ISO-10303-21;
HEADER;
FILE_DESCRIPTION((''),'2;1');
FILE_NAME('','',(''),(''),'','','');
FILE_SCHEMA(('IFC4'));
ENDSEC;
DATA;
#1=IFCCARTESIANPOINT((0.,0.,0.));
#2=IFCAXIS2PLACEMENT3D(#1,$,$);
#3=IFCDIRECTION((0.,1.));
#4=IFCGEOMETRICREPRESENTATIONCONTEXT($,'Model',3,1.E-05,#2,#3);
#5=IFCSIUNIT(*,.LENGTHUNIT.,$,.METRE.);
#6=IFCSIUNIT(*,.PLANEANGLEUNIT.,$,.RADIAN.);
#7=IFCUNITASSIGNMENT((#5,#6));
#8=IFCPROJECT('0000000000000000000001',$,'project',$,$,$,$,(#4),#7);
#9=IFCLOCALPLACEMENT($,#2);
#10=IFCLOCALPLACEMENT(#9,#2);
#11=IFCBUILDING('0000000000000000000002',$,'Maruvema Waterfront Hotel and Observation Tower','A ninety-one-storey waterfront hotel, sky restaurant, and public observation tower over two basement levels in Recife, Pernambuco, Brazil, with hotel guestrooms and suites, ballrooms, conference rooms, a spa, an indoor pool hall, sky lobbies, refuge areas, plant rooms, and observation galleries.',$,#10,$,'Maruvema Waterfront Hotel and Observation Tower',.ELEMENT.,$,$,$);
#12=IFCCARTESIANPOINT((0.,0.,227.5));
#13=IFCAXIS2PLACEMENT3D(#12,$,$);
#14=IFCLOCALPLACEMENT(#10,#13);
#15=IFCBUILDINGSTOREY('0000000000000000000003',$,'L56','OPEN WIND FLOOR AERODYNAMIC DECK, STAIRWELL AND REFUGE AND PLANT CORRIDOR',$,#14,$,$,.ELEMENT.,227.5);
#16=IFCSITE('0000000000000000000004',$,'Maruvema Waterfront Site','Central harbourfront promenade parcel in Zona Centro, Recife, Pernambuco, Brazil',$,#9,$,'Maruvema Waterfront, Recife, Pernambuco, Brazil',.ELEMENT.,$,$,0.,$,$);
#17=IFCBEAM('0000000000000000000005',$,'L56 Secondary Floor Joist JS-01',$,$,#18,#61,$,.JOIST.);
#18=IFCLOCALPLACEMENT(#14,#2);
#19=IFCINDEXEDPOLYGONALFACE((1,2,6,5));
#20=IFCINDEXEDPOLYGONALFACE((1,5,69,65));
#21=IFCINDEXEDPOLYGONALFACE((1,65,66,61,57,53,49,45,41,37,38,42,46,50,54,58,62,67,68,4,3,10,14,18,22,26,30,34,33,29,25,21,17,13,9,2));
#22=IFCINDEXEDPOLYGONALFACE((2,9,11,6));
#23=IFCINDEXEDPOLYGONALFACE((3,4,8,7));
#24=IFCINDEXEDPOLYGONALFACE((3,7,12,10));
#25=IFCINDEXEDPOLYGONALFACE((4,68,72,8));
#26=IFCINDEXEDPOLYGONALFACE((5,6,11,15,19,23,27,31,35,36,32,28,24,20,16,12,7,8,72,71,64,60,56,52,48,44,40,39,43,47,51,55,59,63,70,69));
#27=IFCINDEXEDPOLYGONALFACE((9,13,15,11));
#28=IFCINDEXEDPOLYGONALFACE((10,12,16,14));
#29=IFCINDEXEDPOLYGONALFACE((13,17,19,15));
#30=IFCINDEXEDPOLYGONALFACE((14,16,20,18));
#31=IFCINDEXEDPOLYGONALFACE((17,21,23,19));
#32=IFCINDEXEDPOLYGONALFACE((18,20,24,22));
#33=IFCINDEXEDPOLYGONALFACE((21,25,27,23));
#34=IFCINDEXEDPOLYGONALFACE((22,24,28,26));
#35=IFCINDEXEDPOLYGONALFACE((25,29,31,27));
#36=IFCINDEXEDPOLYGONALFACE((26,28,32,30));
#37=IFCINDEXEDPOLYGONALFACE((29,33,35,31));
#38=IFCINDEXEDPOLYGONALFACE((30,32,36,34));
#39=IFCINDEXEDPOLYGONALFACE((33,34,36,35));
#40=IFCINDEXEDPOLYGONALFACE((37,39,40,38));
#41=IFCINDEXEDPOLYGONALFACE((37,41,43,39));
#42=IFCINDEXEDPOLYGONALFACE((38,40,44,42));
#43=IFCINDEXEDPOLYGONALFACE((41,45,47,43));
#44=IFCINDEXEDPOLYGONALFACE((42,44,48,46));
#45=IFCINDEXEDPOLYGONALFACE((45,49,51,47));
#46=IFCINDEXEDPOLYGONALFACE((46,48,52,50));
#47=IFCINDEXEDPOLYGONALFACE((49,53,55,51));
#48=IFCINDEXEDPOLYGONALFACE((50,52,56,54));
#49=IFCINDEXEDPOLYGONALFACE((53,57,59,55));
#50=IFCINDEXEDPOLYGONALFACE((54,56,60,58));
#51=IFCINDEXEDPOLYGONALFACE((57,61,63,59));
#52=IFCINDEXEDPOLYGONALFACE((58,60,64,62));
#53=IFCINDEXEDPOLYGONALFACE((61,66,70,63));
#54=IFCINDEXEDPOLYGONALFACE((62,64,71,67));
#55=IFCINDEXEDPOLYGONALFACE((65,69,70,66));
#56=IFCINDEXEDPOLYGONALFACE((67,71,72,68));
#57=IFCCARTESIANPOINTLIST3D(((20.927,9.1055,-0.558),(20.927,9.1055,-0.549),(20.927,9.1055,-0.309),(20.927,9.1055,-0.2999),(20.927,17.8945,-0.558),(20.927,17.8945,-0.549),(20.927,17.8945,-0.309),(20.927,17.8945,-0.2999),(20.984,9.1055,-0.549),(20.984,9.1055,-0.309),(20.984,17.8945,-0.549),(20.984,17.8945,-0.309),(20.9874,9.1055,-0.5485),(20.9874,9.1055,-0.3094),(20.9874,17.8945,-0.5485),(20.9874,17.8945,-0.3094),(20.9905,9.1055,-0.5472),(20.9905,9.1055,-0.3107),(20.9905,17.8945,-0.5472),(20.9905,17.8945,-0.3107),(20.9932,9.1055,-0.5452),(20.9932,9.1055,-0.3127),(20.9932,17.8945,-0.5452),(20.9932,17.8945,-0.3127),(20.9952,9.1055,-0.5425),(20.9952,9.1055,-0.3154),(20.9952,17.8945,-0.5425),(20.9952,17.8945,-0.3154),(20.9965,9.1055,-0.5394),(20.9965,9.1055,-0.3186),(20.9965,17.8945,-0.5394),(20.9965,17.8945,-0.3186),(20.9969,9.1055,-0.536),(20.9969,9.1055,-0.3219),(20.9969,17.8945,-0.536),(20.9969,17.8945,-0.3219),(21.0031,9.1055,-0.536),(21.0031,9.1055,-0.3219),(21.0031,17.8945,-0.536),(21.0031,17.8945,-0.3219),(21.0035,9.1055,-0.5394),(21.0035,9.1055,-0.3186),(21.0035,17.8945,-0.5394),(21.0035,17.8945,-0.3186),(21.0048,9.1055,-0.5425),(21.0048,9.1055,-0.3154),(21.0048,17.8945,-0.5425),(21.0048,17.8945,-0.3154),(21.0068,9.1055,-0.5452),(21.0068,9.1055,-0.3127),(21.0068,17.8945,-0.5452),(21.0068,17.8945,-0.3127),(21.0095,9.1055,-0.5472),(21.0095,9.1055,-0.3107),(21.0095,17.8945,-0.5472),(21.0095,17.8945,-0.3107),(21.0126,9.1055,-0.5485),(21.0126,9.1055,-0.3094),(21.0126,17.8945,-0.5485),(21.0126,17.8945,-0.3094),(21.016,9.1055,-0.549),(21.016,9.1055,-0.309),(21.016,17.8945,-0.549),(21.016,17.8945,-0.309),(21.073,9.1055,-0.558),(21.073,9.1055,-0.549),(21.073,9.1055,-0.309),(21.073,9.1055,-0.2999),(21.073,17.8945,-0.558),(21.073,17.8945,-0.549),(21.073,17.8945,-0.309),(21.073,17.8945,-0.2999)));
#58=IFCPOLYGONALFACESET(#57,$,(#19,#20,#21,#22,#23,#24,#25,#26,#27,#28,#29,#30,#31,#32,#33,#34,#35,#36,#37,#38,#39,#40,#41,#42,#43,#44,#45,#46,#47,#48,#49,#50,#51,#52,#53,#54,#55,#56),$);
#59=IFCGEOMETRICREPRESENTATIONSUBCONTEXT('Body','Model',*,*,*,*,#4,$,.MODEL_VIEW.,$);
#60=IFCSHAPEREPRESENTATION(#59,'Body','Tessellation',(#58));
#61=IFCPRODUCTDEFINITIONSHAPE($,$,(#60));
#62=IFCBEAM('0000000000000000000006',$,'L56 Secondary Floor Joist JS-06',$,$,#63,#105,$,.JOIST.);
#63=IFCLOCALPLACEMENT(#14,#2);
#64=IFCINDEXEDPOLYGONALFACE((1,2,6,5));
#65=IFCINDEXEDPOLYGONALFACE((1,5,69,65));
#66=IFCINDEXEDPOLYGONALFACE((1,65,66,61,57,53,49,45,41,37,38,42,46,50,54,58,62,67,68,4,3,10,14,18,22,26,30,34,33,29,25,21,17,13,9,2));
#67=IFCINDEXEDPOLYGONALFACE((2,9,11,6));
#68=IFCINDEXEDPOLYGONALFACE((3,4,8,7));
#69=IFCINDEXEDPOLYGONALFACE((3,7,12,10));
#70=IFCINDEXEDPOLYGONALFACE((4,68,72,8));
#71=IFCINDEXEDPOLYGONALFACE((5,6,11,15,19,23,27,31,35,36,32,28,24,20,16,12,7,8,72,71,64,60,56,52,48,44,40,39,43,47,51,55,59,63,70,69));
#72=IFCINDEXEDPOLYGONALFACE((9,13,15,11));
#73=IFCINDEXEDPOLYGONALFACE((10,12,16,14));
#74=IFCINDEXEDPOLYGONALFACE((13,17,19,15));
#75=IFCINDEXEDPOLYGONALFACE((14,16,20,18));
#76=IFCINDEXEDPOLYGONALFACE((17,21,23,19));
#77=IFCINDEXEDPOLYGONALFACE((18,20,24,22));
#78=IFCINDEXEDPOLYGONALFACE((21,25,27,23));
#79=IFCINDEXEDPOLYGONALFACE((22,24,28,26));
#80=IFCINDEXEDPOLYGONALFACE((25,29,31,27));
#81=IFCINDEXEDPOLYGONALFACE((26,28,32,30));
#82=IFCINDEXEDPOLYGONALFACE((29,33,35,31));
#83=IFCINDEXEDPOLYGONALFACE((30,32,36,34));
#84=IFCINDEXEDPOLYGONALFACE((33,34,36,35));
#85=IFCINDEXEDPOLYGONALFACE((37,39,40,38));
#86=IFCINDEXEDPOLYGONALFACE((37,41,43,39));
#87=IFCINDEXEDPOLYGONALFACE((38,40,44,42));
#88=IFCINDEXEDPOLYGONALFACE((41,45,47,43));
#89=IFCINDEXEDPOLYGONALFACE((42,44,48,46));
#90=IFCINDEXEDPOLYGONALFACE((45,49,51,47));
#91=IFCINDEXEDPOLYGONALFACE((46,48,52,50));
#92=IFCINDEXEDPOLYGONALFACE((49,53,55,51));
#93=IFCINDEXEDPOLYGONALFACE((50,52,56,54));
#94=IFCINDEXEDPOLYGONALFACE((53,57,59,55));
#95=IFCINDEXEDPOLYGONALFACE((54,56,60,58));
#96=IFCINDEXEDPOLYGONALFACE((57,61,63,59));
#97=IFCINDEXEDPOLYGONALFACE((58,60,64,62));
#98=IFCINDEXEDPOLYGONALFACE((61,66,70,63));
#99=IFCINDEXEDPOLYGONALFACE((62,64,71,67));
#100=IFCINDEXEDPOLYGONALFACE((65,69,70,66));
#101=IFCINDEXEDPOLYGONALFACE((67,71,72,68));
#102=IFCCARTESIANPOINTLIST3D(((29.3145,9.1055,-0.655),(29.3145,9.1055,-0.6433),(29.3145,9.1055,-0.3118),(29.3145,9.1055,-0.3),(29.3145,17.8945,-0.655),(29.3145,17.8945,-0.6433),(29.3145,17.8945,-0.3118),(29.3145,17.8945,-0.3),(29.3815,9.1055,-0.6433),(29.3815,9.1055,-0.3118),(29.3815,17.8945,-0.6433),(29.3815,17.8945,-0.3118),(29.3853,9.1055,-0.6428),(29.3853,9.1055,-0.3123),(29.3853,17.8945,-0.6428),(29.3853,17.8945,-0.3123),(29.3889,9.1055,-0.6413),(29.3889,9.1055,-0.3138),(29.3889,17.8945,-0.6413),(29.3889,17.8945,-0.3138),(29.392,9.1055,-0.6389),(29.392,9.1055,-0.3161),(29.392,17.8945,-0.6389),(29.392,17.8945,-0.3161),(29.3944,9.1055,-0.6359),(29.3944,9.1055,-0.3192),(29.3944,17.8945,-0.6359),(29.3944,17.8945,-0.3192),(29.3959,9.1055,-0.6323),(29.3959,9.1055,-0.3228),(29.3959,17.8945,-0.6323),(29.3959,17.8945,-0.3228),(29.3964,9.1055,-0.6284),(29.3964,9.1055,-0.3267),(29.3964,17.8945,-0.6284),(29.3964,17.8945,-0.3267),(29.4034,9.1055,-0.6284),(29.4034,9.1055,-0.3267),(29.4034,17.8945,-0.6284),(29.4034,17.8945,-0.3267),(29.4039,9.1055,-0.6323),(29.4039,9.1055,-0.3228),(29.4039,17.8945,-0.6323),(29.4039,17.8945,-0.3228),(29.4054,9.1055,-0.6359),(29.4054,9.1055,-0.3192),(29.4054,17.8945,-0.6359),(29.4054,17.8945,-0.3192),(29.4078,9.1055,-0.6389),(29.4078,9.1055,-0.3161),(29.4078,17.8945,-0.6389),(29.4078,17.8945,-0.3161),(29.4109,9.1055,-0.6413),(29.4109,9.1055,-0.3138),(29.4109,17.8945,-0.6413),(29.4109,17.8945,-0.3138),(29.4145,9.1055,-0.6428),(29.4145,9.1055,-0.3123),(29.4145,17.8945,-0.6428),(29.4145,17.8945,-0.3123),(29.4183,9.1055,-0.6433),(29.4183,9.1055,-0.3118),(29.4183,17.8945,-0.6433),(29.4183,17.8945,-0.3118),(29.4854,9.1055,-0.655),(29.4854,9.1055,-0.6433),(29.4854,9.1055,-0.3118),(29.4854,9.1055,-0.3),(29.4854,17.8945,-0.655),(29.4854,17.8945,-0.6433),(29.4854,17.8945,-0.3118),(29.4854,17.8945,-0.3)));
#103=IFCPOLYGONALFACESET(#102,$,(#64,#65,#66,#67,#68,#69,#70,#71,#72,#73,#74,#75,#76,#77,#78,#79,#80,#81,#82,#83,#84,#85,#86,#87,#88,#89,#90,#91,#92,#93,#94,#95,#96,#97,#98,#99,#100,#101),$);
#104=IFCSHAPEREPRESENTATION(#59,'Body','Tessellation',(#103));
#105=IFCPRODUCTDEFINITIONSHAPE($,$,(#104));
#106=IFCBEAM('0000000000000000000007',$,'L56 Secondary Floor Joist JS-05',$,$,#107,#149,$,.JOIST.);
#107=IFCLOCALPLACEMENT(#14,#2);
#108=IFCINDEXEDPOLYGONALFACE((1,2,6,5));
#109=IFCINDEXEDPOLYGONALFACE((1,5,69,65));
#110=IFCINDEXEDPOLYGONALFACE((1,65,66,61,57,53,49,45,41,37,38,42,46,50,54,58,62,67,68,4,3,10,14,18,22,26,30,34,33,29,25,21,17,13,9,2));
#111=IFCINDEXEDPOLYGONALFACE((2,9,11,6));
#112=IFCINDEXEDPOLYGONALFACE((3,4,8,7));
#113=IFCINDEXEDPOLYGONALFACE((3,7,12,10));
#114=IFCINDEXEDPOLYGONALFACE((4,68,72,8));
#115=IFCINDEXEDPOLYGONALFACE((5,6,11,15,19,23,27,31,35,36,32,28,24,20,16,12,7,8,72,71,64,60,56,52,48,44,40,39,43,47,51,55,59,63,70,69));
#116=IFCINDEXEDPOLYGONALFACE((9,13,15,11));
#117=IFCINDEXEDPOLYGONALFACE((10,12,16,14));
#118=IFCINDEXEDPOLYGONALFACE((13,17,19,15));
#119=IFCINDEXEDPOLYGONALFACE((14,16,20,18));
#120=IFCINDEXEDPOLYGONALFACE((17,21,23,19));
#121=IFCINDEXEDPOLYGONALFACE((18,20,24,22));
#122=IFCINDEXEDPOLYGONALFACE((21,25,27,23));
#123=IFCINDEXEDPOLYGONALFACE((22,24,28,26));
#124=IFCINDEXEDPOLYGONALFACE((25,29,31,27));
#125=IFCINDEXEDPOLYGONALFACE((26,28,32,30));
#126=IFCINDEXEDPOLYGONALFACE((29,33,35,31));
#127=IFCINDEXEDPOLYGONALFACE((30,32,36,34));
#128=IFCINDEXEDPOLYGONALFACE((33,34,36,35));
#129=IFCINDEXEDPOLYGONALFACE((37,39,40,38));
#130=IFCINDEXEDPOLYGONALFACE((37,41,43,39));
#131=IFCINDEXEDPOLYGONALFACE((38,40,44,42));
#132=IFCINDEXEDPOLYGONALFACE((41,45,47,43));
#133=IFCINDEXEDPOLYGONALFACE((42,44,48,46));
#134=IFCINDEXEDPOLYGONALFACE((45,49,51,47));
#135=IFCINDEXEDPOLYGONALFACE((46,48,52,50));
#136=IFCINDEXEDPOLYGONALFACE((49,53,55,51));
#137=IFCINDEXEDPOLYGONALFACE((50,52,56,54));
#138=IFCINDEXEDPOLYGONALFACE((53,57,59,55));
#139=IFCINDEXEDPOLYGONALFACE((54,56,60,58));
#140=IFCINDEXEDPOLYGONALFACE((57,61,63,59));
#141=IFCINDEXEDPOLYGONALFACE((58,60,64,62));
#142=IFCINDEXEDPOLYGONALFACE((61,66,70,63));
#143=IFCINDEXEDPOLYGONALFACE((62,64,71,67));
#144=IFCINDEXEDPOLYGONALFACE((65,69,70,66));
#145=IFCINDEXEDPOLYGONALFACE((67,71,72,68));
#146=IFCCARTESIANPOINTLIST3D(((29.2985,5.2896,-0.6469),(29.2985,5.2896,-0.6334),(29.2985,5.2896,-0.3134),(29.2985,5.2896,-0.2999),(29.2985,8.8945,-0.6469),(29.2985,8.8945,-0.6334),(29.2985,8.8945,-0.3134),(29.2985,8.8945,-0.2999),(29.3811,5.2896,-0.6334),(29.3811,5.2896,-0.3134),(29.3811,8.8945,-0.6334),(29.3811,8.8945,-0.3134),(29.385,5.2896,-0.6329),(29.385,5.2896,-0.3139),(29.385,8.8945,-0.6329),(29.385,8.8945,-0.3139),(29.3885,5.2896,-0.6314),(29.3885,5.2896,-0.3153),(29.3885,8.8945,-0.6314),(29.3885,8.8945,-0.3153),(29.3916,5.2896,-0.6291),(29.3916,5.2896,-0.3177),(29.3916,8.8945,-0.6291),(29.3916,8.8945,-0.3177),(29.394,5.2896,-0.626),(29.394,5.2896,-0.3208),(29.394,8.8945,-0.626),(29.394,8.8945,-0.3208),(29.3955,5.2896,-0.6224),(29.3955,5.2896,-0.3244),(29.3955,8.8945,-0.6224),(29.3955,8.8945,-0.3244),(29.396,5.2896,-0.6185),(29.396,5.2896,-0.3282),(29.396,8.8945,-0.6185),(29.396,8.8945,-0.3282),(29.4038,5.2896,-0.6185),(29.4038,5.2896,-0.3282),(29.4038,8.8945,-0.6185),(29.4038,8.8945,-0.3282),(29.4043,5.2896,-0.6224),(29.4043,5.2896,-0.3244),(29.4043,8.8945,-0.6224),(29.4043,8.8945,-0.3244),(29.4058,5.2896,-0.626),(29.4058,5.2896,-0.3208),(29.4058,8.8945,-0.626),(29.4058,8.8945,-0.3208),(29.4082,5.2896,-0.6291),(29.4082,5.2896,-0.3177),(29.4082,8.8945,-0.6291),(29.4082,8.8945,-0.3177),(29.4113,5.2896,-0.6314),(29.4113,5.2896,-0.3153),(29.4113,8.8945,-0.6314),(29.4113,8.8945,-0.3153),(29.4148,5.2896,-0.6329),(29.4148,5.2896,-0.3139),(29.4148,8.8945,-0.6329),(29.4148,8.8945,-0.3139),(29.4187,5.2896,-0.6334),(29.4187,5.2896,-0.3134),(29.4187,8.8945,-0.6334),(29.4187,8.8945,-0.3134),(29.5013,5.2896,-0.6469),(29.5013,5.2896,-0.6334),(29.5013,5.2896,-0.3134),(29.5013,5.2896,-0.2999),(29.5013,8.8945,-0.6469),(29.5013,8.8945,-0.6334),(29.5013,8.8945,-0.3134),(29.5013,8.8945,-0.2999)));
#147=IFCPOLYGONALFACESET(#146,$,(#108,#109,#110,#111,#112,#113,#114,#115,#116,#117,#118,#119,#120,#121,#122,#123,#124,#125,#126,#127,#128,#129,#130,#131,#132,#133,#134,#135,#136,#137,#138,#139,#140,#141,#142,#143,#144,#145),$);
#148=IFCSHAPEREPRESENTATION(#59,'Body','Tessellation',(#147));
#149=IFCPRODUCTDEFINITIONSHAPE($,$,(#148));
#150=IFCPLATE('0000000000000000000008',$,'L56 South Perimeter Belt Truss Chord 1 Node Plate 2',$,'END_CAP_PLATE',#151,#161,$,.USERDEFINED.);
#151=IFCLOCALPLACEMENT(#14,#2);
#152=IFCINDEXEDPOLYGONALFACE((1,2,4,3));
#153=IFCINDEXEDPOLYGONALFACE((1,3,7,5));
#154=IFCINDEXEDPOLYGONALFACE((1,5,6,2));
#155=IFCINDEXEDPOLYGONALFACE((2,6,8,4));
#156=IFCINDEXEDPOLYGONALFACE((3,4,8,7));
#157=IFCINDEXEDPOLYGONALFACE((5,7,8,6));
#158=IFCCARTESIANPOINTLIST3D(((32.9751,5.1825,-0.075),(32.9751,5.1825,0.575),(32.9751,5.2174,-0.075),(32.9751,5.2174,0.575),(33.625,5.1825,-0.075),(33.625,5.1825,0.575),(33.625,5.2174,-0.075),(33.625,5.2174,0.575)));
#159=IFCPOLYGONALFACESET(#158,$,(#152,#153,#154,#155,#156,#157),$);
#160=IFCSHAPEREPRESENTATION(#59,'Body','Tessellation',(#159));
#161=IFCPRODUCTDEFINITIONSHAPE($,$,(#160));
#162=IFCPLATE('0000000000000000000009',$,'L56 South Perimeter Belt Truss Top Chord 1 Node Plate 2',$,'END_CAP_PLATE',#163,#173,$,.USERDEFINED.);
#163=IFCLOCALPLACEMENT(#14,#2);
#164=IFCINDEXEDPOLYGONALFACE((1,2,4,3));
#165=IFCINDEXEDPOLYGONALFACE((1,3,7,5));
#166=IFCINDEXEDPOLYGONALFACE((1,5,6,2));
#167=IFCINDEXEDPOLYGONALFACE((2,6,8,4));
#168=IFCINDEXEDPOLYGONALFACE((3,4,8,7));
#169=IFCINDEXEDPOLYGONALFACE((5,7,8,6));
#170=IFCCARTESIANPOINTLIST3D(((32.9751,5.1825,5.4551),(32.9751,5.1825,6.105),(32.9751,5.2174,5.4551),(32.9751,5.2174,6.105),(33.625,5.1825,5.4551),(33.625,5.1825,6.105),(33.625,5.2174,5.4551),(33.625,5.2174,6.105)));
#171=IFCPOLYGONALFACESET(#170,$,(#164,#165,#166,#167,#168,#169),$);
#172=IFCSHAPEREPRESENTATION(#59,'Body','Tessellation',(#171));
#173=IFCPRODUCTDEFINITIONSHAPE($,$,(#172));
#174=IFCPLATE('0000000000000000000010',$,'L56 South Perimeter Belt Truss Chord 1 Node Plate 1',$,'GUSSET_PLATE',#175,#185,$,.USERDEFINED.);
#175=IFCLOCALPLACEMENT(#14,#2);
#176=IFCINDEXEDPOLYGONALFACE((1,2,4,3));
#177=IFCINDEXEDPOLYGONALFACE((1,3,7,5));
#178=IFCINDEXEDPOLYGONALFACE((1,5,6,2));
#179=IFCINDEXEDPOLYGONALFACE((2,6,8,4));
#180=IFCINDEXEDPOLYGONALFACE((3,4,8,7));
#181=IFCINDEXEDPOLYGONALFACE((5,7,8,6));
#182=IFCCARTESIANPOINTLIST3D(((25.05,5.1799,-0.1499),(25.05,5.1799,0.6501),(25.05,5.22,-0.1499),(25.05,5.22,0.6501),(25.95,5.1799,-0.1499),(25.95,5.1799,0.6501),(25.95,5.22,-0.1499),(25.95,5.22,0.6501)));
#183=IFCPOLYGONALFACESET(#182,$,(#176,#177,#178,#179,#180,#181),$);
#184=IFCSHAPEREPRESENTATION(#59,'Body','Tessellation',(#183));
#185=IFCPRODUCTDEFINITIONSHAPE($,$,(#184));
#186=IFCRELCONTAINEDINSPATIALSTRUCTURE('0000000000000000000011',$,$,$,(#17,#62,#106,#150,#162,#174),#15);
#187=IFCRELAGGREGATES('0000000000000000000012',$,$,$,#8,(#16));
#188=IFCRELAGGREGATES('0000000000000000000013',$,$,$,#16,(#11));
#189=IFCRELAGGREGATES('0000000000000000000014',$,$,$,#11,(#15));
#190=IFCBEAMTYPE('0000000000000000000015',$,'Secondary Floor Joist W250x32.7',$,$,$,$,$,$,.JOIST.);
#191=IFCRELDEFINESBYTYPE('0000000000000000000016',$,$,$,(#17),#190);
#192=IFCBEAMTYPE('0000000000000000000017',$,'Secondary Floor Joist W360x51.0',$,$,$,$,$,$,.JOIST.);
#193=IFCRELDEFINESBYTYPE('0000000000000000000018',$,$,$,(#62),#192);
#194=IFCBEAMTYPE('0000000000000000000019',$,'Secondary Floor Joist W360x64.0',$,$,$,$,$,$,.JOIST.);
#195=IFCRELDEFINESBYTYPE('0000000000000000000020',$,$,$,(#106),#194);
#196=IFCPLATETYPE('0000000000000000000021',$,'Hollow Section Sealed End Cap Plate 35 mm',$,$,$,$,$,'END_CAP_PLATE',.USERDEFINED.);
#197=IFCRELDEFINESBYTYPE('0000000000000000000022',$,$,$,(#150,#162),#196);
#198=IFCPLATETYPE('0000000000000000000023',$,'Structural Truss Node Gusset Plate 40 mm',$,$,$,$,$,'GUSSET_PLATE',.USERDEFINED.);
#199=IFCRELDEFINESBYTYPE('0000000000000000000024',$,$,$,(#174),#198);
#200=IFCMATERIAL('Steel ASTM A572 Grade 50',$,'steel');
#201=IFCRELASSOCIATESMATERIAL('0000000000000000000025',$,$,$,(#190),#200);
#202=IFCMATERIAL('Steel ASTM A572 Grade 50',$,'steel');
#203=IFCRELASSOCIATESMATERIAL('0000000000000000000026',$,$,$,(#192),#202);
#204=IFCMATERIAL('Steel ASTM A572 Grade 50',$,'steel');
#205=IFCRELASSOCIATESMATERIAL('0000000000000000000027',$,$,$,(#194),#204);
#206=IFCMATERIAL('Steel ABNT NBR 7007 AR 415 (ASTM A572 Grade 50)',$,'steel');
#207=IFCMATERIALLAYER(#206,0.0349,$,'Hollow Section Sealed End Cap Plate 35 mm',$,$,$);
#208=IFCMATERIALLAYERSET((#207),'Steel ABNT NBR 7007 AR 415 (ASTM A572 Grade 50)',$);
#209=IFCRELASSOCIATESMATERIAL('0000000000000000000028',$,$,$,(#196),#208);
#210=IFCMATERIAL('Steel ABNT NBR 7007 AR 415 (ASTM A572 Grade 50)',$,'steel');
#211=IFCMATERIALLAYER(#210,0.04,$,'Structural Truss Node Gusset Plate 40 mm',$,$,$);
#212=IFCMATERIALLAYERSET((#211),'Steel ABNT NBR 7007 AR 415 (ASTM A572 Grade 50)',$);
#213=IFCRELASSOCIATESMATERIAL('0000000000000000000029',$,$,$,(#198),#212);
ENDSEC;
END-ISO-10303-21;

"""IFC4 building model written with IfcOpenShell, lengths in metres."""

from ifc_helpers import new_model, si_unit, direction, frame, origin, origin_2d, place, context, subcontext, project, spatial, rectangle, i_section, extrude, material, layer, layer_set, material_profile, profile_set, type_object, element, save


model = new_model("IFC4")

# Units and contexts
model_context = context("Model", 3, precision=1e-05, world=origin(), true_north=direction((0.0, 1.0)))
body_context = subcontext(model_context, "Body", "Model", "MODEL_VIEW")
ifc_project = project(units=[si_unit("LENGTHUNIT", "METRE"), si_unit("PLANEANGLEUNIT", "RADIAN")], contexts=[model_context])

# Site, building, storey
site_placement = place(None, origin())
site = spatial("IfcSite", under=ifc_project, at=site_placement, Name="Maruvema Waterfront Site", Description="Central harbourfront promenade parcel in Zona Centro, Recife, Pernambuco, Brazil", LongName="Maruvema Waterfront, Recife, Pernambuco, Brazil", CompositionType="ELEMENT", RefElevation=0.0)
building_placement = place(site_placement, origin())
building = spatial("IfcBuilding", under=site, at=building_placement, Name="Maruvema Waterfront Hotel and Observation Tower", Description="A ninety-one-storey waterfront hotel, sky restaurant, and public observation tower over two basement levels in Recife, Pernambuco, Brazil, with hotel guestrooms and suites, ballrooms, conference rooms, a spa, an indoor pool hall, sky lobbies, refuge areas, plant rooms, and observation galleries.", LongName="Maruvema Waterfront Hotel and Observation Tower", CompositionType="ELEMENT")
storey_placement = place(building_placement, frame((0.0, 0.0, 227.5)))
storey = spatial("IfcBuildingStorey", under=building, at=storey_placement, Name="L56", Description="OPEN WIND FLOOR AERODYNAMIC DECK, STAIRWELL AND REFUGE AND PLANT CORRIDOR", CompositionType="ELEMENT", Elevation=227.5)

# Beams
ifc_material_1 = material(Name="Steel ASTM A572 Grade 50", Category="steel")
ifc_material_profile_1 = material_profile(ifc_material_1, i_section(OverallWidth=0.146, OverallDepth=0.2581, WebThickness=0.0061, FlangeThickness=0.009, FilletRadius=0.0129, at=origin_2d()), Name="W250x32.7")
ifc_profile_set_1 = profile_set([ifc_material_profile_1], Name="Steel ASTM A572 Grade 50")
beam_type_1 = type_object("IfcBeamType", Name="Secondary Floor Joist W250x32.7", PredefinedType="JOIST", material=ifc_profile_set_1)
beam_1_placement = place(storey_placement, frame((21.0, 9.1055, -0.429), z_axis=(0.0, 1.0, 0.0), x_axis=(-1.0, 0.0, 0.0)))
element("IfcBeam", 1, at=beam_1_placement, inside=storey, type_object=beam_type_1, Name="L56 Secondary Floor Joist JS-01", PredefinedType="JOIST", context=body_context, shape_type="SweptSolid", body=[
    extrude(i_section(OverallWidth=0.146, OverallDepth=0.2581, WebThickness=0.0061, FlangeThickness=0.009, FilletRadius=0.0129, at=origin_2d()), origin(), (0.0, 0.0, 1.0), 8.7891),
])
ifc_material_2 = material(Name="Steel ASTM A572 Grade 50", Category="steel")
ifc_material_profile_2 = material_profile(ifc_material_2, i_section(OverallWidth=0.1709, OverallDepth=0.355, WebThickness=0.0071, FlangeThickness=0.0117, FilletRadius=0.0149, at=origin_2d()), Name="W360x51.0")
ifc_profile_set_2 = profile_set([ifc_material_profile_2], Name="Steel ASTM A572 Grade 50")
beam_type_2 = type_object("IfcBeamType", Name="Secondary Floor Joist W360x51.0", PredefinedType="JOIST", material=ifc_profile_set_2)
beam_2_placement = place(storey_placement, frame((29.3999, 9.1055, -0.4775), z_axis=(0.0, 1.0, 0.0), x_axis=(-1.0, 0.0, 0.0)))
element("IfcBeam", 2, at=beam_2_placement, inside=storey, type_object=beam_type_2, Name="L56 Secondary Floor Joist JS-06", PredefinedType="JOIST", context=body_context, shape_type="SweptSolid", body=[
    extrude(i_section(OverallWidth=0.1709, OverallDepth=0.355, WebThickness=0.0071, FlangeThickness=0.0117, FilletRadius=0.0149, at=origin_2d()), origin(), (0.0, 0.0, 1.0), 8.7891),
])
ifc_material_3 = material(Name="Steel ASTM A572 Grade 50", Category="steel")
ifc_material_profile_3 = material_profile(ifc_material_3, i_section(OverallWidth=0.2029, OverallDepth=0.3469, WebThickness=0.0078, FlangeThickness=0.0134, FilletRadius=0.0149, at=origin_2d()), Name="W360x64.0")
ifc_profile_set_3 = profile_set([ifc_material_profile_3], Name="Steel ASTM A572 Grade 50")
beam_type_3 = type_object("IfcBeamType", Name="Secondary Floor Joist W360x64.0", PredefinedType="JOIST", material=ifc_profile_set_3)
beam_3_placement = place(storey_placement, frame((29.3999, 5.2896, -0.4734), z_axis=(0.0, 1.0, 0.0), x_axis=(-1.0, 0.0, 0.0)))
element("IfcBeam", 3, at=beam_3_placement, inside=storey, type_object=beam_type_3, Name="L56 Secondary Floor Joist JS-05", PredefinedType="JOIST", context=body_context, shape_type="SweptSolid", body=[
    extrude(i_section(OverallWidth=0.2029, OverallDepth=0.3469, WebThickness=0.0078, FlangeThickness=0.0134, FilletRadius=0.0149, at=origin_2d()), origin(), (0.0, 0.0, 1.0), 3.605),
])

# Plates
ifc_material_4 = material(Name="Steel ABNT NBR 7007 AR 415 (ASTM A572 Grade 50)", Category="steel")
ifc_layer_1 = layer(ifc_material_4, 0.0349, Name="Hollow Section Sealed End Cap Plate 35 mm")
ifc_layer_set_1 = layer_set([ifc_layer_1], Name="Steel ABNT NBR 7007 AR 415 (ASTM A572 Grade 50)")
plate_type_1 = type_object("IfcPlateType", Name="Hollow Section Sealed End Cap Plate 35 mm", ElementType="END_CAP_PLATE", PredefinedType="USERDEFINED", material=ifc_layer_set_1)
for number, where, z_axis, x_axis, name in (
    (4, (33.3, 5.2, -0.075), (0.0, 0.0, 1.0), (1.0, 0.0, 0.0), "L56 South Perimeter Belt Truss Chord 1 Node Plate 2"),
    (5, (33.3, 5.2, 5.4551), (0.0, 0.0, 1.0), (1.0, 0.0, 0.0), "L56 South Perimeter Belt Truss Top Chord 1 Node Plate 2"),
):
    element("IfcPlate", number, at=place(storey_placement, frame(where, z_axis=z_axis, x_axis=x_axis)), inside=storey, type_object=plate_type_1, Name=name, ObjectType="END_CAP_PLATE", PredefinedType="USERDEFINED", context=body_context, shape_type="SweptSolid", body=[
        extrude(rectangle(XDim=0.6499, YDim=0.0349, at=origin_2d()), origin(), (0.0, 0.0, 1.0), 0.6499),
    ])
ifc_material_5 = material(Name="Steel ABNT NBR 7007 AR 415 (ASTM A572 Grade 50)", Category="steel")
ifc_layer_2 = layer(ifc_material_5, 0.04, Name="Structural Truss Node Gusset Plate 40 mm")
ifc_layer_set_2 = layer_set([ifc_layer_2], Name="Steel ABNT NBR 7007 AR 415 (ASTM A572 Grade 50)")
plate_type_2 = type_object("IfcPlateType", Name="Structural Truss Node Gusset Plate 40 mm", ElementType="GUSSET_PLATE", PredefinedType="USERDEFINED", material=ifc_layer_set_2)
for number, where, z_axis, x_axis, name in (
    (6, (25.5, 5.2, -0.1499), (0.0, 0.0, 1.0), (1.0, 0.0, 0.0), "L56 South Perimeter Belt Truss Chord 1 Node Plate 1"),
):
    element("IfcPlate", number, at=place(storey_placement, frame(where, z_axis=z_axis, x_axis=x_axis)), inside=storey, type_object=plate_type_2, Name=name, ObjectType="GUSSET_PLATE", PredefinedType="USERDEFINED", context=body_context, shape_type="SweptSolid", body=[
        extrude(rectangle(XDim=0.8999, YDim=0.04, at=origin_2d()), origin(), (0.0, 0.0, 1.0), 0.8),
    ])

save(model, "model.ifc")
